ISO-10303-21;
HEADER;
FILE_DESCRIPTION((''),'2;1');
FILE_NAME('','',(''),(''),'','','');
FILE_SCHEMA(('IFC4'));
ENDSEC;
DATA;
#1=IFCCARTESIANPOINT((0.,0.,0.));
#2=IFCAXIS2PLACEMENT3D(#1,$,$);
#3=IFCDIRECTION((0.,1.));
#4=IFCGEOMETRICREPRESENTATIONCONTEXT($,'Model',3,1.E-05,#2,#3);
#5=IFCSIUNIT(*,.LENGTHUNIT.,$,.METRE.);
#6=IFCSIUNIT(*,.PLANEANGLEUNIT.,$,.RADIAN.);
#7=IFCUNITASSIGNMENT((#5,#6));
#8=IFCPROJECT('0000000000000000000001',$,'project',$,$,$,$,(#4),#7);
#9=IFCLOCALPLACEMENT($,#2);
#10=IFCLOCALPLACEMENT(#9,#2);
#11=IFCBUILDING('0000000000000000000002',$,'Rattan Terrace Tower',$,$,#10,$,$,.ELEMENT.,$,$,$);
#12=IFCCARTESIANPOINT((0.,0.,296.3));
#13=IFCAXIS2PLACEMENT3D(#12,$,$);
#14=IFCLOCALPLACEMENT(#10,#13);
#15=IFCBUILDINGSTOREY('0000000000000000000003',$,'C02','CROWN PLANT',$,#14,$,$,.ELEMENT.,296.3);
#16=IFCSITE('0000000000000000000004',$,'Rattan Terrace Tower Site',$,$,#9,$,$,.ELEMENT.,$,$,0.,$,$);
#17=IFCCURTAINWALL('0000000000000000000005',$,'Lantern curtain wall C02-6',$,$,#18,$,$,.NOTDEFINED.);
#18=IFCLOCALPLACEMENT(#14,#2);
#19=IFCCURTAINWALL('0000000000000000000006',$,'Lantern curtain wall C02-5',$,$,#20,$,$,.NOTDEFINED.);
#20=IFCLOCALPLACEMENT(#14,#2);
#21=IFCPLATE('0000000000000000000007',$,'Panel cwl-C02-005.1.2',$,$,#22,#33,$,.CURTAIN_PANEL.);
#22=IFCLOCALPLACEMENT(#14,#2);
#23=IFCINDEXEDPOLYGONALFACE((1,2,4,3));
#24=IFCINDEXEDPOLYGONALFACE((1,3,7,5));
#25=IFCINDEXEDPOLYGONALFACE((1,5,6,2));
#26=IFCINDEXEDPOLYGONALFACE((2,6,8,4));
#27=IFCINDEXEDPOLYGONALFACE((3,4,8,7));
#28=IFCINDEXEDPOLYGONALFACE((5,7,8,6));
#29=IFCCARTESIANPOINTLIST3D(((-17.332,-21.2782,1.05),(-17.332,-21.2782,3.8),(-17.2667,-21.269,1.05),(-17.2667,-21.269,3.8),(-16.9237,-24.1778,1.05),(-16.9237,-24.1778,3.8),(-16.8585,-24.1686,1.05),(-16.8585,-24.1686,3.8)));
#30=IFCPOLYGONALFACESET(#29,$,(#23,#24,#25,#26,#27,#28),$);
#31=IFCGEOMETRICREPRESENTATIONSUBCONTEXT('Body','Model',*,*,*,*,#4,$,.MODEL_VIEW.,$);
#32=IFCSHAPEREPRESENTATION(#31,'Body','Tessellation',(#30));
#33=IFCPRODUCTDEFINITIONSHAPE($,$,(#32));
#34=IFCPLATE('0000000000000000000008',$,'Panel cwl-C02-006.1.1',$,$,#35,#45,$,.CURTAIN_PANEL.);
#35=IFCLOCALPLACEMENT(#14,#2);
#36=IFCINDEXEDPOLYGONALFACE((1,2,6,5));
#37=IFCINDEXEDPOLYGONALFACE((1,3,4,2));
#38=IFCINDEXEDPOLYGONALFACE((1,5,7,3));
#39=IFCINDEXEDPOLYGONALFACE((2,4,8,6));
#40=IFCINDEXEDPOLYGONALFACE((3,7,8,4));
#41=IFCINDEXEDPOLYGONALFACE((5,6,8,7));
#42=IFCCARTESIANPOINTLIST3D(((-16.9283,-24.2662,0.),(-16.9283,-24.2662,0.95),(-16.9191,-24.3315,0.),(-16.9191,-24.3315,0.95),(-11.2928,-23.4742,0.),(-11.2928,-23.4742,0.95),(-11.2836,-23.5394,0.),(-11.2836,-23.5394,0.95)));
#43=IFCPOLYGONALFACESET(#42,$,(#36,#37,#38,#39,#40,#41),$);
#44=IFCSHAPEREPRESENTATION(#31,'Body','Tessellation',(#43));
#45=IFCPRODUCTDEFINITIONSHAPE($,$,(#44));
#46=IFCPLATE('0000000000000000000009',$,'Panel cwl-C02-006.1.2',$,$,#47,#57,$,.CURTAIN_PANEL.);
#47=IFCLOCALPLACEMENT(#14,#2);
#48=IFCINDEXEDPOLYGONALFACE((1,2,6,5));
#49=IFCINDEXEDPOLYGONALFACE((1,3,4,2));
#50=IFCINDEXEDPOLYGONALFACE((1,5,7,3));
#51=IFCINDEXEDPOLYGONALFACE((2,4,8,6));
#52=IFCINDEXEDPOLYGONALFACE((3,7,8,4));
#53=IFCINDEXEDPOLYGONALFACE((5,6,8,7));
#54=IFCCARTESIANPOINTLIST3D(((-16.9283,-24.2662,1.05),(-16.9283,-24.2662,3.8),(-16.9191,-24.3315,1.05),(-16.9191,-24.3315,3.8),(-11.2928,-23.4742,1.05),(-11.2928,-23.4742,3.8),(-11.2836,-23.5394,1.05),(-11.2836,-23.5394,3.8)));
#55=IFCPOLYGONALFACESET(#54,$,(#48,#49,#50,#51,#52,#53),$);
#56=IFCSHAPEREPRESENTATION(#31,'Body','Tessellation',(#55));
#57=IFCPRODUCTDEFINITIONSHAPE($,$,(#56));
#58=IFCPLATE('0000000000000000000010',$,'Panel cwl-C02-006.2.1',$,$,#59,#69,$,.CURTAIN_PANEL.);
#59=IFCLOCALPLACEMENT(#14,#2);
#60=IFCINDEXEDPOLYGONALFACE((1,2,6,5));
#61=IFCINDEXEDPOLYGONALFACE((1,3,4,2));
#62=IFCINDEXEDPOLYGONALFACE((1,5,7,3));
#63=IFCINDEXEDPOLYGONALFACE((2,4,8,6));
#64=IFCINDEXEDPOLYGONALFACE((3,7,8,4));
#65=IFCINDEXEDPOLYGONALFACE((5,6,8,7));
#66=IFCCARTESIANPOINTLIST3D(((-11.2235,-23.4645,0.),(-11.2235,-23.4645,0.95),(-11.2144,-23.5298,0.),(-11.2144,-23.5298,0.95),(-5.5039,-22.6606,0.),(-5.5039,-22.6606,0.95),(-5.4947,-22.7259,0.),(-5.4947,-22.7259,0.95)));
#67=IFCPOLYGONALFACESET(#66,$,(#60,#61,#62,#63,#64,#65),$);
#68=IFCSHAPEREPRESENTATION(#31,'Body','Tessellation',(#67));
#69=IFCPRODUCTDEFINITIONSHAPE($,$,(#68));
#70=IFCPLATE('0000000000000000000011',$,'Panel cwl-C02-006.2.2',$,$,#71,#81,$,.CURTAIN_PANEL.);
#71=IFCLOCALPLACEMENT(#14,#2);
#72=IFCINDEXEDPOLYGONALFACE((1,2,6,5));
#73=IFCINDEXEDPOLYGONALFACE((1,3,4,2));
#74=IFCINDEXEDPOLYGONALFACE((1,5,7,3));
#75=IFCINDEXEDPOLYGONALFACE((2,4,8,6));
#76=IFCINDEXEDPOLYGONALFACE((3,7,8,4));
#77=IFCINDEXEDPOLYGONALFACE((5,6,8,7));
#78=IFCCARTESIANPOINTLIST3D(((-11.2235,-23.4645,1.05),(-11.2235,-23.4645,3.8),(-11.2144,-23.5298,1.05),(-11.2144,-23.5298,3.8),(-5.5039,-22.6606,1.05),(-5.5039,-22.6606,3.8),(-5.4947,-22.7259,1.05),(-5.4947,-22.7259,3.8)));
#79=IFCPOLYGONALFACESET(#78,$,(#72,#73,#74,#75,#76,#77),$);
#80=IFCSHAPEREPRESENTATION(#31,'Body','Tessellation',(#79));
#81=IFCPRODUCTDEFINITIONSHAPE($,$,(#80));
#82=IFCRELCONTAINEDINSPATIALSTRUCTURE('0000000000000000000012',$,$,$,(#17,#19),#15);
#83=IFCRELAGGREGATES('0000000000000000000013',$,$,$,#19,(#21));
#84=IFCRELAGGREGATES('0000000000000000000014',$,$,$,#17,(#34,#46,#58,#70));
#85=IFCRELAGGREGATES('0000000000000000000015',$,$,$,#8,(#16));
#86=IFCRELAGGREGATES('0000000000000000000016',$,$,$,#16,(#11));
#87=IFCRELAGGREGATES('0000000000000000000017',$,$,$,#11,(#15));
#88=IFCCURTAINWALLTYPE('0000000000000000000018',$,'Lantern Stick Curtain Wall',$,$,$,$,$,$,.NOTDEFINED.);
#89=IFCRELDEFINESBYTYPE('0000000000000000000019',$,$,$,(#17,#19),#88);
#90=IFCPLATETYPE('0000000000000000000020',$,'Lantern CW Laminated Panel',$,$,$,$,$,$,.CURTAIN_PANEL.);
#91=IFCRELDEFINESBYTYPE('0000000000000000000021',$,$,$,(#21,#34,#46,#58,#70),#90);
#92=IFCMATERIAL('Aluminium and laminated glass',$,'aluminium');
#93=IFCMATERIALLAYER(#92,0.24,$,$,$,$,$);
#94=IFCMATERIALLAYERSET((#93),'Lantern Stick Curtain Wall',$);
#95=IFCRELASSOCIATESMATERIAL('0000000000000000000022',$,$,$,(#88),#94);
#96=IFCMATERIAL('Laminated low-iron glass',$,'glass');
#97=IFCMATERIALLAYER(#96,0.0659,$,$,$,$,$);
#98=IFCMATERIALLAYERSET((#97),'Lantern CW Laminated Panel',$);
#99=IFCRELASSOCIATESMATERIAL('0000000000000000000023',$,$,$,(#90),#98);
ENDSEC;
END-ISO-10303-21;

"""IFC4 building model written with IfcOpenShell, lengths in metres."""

from ifc_helpers import new_model, si_unit, direction, frame, origin, origin_2d, place, context, subcontext, project, spatial, rectangle, extrude, material, layer, layer_set, type_object, element, aggregate, save


model = new_model("IFC4")

# Units and contexts
model_context = context("Model", 3, precision=1e-05, world=origin(), true_north=direction((0.0, 1.0)))
body_context = subcontext(model_context, "Body", "Model", "MODEL_VIEW")
ifc_project = project(units=[si_unit("LENGTHUNIT", "METRE"), si_unit("PLANEANGLEUNIT", "RADIAN")], contexts=[model_context])

# Site, building, storey
site_placement = place(None, origin())
site = spatial("IfcSite", under=ifc_project, at=site_placement, Name="Rattan Terrace Tower Site", CompositionType="ELEMENT", RefElevation=0.0)
building_placement = place(site_placement, origin())
building = spatial("IfcBuilding", under=site, at=building_placement, Name="Rattan Terrace Tower", CompositionType="ELEMENT")
storey_placement = place(building_placement, frame((0.0, 0.0, 296.3)))
storey = spatial("IfcBuildingStorey", under=building, at=storey_placement, Name="C02", Description="CROWN PLANT", CompositionType="ELEMENT", Elevation=296.3)

# Curtain wall
ifc_material_1 = material(Name="Aluminium and laminated glass", Category="aluminium")
ifc_layer_1 = layer(ifc_material_1, 0.24)
ifc_layer_set_1 = layer_set([ifc_layer_1], Name="Lantern Stick Curtain Wall")
curtain_wall_type = type_object("IfcCurtainWallType", Name="Lantern Stick Curtain Wall", PredefinedType="NOTDEFINED", material=ifc_layer_set_1)
curtain_wall_1_placement = place(storey_placement, origin())
curtain_wall_1 = element("IfcCurtainWall", 1, at=curtain_wall_1_placement, inside=storey, type_object=curtain_wall_type, Name="Lantern curtain wall C02-6", PredefinedType="NOTDEFINED")

# Curtain wall, plate
curtain_wall_2_placement = place(storey_placement, origin())
curtain_wall_2 = element("IfcCurtainWall", 2, at=curtain_wall_2_placement, inside=storey, type_object=curtain_wall_type, Name="Lantern curtain wall C02-5", PredefinedType="NOTDEFINED")
ifc_material_2 = material(Name="Laminated low-iron glass", Category="glass")
ifc_layer_2 = layer(ifc_material_2, 0.0659)
ifc_layer_set_2 = layer_set([ifc_layer_2], Name="Lantern CW Laminated Panel")
plate_type = type_object("IfcPlateType", Name="Lantern CW Laminated Panel", PredefinedType="CURTAIN_PANEL", material=ifc_layer_set_2)
plate_1_placement = place(storey_placement, frame((-17.0952, -22.7234, 1.05), z_axis=(0.0, 0.0, 1.0), x_axis=(0.139413, -0.990234, 0.0)))
plate_1 = element("IfcPlate", 3, at=plate_1_placement, type_object=plate_type, Name="Panel cwl-C02-005.1.2", PredefinedType="CURTAIN_PANEL", context=body_context, shape_type="SweptSolid", body=[
    extrude(rectangle(XDim=2.9282, YDim=0.0659, at=origin_2d()), origin(), (0.0, 0.0, 1.0), 2.75),
])
aggregate(curtain_wall_2, [plate_1])

# Plates
plate_2_placement = place(storey_placement, frame((-14.106, -23.9028, 0.0), z_axis=(0.0, 0.0, 1.0), x_axis=(0.990267, 0.139181, 0.0)))
plate_2 = element("IfcPlate", 4, at=plate_2_placement, type_object=plate_type, Name="Panel cwl-C02-006.1.1", PredefinedType="CURTAIN_PANEL", context=body_context, shape_type="SweptSolid", body=[
    extrude(rectangle(XDim=5.6909, YDim=0.0659, at=origin_2d()), origin(), (0.0, 0.0, 1.0), 0.95),
])
plate_3_placement = place(storey_placement, frame((-14.106, -23.9028, 1.05), z_axis=(0.0, 0.0, 1.0), x_axis=(0.990267, 0.139181, 0.0)))
plate_3 = element("IfcPlate", 5, at=plate_3_placement, type_object=plate_type, Name="Panel cwl-C02-006.1.2", PredefinedType="CURTAIN_PANEL", context=body_context, shape_type="SweptSolid", body=[
    extrude(rectangle(XDim=5.6909, YDim=0.0659, at=origin_2d()), origin(), (0.0, 0.0, 1.0), 2.75),
])
plate_4_placement = place(storey_placement, frame((-8.3591, -23.0952, 0.0), z_axis=(0.0, 0.0, 1.0), x_axis=(0.990267, 0.139181, 0.0)))
plate_4 = element("IfcPlate", 6, at=plate_4_placement, type_object=plate_type, Name="Panel cwl-C02-006.2.1", PredefinedType="CURTAIN_PANEL", context=body_context, shape_type="SweptSolid", body=[
    extrude(rectangle(XDim=5.7759, YDim=0.0659, at=origin_2d()), origin(), (0.0, 0.0, 1.0), 0.95),
])
plate_5_placement = place(storey_placement, frame((-8.3591, -23.0952, 1.05), z_axis=(0.0, 0.0, 1.0), x_axis=(0.990267, 0.139181, 0.0)))
plate_5 = element("IfcPlate", 7, at=plate_5_placement, type_object=plate_type, Name="Panel cwl-C02-006.2.2", PredefinedType="CURTAIN_PANEL", context=body_context, shape_type="SweptSolid", body=[
    extrude(rectangle(XDim=5.7759, YDim=0.0659, at=origin_2d()), origin(), (0.0, 0.0, 1.0), 2.75),
])
aggregate(curtain_wall_1, [plate_2, plate_3, plate_4, plate_5])

save(model, "model.ifc")
